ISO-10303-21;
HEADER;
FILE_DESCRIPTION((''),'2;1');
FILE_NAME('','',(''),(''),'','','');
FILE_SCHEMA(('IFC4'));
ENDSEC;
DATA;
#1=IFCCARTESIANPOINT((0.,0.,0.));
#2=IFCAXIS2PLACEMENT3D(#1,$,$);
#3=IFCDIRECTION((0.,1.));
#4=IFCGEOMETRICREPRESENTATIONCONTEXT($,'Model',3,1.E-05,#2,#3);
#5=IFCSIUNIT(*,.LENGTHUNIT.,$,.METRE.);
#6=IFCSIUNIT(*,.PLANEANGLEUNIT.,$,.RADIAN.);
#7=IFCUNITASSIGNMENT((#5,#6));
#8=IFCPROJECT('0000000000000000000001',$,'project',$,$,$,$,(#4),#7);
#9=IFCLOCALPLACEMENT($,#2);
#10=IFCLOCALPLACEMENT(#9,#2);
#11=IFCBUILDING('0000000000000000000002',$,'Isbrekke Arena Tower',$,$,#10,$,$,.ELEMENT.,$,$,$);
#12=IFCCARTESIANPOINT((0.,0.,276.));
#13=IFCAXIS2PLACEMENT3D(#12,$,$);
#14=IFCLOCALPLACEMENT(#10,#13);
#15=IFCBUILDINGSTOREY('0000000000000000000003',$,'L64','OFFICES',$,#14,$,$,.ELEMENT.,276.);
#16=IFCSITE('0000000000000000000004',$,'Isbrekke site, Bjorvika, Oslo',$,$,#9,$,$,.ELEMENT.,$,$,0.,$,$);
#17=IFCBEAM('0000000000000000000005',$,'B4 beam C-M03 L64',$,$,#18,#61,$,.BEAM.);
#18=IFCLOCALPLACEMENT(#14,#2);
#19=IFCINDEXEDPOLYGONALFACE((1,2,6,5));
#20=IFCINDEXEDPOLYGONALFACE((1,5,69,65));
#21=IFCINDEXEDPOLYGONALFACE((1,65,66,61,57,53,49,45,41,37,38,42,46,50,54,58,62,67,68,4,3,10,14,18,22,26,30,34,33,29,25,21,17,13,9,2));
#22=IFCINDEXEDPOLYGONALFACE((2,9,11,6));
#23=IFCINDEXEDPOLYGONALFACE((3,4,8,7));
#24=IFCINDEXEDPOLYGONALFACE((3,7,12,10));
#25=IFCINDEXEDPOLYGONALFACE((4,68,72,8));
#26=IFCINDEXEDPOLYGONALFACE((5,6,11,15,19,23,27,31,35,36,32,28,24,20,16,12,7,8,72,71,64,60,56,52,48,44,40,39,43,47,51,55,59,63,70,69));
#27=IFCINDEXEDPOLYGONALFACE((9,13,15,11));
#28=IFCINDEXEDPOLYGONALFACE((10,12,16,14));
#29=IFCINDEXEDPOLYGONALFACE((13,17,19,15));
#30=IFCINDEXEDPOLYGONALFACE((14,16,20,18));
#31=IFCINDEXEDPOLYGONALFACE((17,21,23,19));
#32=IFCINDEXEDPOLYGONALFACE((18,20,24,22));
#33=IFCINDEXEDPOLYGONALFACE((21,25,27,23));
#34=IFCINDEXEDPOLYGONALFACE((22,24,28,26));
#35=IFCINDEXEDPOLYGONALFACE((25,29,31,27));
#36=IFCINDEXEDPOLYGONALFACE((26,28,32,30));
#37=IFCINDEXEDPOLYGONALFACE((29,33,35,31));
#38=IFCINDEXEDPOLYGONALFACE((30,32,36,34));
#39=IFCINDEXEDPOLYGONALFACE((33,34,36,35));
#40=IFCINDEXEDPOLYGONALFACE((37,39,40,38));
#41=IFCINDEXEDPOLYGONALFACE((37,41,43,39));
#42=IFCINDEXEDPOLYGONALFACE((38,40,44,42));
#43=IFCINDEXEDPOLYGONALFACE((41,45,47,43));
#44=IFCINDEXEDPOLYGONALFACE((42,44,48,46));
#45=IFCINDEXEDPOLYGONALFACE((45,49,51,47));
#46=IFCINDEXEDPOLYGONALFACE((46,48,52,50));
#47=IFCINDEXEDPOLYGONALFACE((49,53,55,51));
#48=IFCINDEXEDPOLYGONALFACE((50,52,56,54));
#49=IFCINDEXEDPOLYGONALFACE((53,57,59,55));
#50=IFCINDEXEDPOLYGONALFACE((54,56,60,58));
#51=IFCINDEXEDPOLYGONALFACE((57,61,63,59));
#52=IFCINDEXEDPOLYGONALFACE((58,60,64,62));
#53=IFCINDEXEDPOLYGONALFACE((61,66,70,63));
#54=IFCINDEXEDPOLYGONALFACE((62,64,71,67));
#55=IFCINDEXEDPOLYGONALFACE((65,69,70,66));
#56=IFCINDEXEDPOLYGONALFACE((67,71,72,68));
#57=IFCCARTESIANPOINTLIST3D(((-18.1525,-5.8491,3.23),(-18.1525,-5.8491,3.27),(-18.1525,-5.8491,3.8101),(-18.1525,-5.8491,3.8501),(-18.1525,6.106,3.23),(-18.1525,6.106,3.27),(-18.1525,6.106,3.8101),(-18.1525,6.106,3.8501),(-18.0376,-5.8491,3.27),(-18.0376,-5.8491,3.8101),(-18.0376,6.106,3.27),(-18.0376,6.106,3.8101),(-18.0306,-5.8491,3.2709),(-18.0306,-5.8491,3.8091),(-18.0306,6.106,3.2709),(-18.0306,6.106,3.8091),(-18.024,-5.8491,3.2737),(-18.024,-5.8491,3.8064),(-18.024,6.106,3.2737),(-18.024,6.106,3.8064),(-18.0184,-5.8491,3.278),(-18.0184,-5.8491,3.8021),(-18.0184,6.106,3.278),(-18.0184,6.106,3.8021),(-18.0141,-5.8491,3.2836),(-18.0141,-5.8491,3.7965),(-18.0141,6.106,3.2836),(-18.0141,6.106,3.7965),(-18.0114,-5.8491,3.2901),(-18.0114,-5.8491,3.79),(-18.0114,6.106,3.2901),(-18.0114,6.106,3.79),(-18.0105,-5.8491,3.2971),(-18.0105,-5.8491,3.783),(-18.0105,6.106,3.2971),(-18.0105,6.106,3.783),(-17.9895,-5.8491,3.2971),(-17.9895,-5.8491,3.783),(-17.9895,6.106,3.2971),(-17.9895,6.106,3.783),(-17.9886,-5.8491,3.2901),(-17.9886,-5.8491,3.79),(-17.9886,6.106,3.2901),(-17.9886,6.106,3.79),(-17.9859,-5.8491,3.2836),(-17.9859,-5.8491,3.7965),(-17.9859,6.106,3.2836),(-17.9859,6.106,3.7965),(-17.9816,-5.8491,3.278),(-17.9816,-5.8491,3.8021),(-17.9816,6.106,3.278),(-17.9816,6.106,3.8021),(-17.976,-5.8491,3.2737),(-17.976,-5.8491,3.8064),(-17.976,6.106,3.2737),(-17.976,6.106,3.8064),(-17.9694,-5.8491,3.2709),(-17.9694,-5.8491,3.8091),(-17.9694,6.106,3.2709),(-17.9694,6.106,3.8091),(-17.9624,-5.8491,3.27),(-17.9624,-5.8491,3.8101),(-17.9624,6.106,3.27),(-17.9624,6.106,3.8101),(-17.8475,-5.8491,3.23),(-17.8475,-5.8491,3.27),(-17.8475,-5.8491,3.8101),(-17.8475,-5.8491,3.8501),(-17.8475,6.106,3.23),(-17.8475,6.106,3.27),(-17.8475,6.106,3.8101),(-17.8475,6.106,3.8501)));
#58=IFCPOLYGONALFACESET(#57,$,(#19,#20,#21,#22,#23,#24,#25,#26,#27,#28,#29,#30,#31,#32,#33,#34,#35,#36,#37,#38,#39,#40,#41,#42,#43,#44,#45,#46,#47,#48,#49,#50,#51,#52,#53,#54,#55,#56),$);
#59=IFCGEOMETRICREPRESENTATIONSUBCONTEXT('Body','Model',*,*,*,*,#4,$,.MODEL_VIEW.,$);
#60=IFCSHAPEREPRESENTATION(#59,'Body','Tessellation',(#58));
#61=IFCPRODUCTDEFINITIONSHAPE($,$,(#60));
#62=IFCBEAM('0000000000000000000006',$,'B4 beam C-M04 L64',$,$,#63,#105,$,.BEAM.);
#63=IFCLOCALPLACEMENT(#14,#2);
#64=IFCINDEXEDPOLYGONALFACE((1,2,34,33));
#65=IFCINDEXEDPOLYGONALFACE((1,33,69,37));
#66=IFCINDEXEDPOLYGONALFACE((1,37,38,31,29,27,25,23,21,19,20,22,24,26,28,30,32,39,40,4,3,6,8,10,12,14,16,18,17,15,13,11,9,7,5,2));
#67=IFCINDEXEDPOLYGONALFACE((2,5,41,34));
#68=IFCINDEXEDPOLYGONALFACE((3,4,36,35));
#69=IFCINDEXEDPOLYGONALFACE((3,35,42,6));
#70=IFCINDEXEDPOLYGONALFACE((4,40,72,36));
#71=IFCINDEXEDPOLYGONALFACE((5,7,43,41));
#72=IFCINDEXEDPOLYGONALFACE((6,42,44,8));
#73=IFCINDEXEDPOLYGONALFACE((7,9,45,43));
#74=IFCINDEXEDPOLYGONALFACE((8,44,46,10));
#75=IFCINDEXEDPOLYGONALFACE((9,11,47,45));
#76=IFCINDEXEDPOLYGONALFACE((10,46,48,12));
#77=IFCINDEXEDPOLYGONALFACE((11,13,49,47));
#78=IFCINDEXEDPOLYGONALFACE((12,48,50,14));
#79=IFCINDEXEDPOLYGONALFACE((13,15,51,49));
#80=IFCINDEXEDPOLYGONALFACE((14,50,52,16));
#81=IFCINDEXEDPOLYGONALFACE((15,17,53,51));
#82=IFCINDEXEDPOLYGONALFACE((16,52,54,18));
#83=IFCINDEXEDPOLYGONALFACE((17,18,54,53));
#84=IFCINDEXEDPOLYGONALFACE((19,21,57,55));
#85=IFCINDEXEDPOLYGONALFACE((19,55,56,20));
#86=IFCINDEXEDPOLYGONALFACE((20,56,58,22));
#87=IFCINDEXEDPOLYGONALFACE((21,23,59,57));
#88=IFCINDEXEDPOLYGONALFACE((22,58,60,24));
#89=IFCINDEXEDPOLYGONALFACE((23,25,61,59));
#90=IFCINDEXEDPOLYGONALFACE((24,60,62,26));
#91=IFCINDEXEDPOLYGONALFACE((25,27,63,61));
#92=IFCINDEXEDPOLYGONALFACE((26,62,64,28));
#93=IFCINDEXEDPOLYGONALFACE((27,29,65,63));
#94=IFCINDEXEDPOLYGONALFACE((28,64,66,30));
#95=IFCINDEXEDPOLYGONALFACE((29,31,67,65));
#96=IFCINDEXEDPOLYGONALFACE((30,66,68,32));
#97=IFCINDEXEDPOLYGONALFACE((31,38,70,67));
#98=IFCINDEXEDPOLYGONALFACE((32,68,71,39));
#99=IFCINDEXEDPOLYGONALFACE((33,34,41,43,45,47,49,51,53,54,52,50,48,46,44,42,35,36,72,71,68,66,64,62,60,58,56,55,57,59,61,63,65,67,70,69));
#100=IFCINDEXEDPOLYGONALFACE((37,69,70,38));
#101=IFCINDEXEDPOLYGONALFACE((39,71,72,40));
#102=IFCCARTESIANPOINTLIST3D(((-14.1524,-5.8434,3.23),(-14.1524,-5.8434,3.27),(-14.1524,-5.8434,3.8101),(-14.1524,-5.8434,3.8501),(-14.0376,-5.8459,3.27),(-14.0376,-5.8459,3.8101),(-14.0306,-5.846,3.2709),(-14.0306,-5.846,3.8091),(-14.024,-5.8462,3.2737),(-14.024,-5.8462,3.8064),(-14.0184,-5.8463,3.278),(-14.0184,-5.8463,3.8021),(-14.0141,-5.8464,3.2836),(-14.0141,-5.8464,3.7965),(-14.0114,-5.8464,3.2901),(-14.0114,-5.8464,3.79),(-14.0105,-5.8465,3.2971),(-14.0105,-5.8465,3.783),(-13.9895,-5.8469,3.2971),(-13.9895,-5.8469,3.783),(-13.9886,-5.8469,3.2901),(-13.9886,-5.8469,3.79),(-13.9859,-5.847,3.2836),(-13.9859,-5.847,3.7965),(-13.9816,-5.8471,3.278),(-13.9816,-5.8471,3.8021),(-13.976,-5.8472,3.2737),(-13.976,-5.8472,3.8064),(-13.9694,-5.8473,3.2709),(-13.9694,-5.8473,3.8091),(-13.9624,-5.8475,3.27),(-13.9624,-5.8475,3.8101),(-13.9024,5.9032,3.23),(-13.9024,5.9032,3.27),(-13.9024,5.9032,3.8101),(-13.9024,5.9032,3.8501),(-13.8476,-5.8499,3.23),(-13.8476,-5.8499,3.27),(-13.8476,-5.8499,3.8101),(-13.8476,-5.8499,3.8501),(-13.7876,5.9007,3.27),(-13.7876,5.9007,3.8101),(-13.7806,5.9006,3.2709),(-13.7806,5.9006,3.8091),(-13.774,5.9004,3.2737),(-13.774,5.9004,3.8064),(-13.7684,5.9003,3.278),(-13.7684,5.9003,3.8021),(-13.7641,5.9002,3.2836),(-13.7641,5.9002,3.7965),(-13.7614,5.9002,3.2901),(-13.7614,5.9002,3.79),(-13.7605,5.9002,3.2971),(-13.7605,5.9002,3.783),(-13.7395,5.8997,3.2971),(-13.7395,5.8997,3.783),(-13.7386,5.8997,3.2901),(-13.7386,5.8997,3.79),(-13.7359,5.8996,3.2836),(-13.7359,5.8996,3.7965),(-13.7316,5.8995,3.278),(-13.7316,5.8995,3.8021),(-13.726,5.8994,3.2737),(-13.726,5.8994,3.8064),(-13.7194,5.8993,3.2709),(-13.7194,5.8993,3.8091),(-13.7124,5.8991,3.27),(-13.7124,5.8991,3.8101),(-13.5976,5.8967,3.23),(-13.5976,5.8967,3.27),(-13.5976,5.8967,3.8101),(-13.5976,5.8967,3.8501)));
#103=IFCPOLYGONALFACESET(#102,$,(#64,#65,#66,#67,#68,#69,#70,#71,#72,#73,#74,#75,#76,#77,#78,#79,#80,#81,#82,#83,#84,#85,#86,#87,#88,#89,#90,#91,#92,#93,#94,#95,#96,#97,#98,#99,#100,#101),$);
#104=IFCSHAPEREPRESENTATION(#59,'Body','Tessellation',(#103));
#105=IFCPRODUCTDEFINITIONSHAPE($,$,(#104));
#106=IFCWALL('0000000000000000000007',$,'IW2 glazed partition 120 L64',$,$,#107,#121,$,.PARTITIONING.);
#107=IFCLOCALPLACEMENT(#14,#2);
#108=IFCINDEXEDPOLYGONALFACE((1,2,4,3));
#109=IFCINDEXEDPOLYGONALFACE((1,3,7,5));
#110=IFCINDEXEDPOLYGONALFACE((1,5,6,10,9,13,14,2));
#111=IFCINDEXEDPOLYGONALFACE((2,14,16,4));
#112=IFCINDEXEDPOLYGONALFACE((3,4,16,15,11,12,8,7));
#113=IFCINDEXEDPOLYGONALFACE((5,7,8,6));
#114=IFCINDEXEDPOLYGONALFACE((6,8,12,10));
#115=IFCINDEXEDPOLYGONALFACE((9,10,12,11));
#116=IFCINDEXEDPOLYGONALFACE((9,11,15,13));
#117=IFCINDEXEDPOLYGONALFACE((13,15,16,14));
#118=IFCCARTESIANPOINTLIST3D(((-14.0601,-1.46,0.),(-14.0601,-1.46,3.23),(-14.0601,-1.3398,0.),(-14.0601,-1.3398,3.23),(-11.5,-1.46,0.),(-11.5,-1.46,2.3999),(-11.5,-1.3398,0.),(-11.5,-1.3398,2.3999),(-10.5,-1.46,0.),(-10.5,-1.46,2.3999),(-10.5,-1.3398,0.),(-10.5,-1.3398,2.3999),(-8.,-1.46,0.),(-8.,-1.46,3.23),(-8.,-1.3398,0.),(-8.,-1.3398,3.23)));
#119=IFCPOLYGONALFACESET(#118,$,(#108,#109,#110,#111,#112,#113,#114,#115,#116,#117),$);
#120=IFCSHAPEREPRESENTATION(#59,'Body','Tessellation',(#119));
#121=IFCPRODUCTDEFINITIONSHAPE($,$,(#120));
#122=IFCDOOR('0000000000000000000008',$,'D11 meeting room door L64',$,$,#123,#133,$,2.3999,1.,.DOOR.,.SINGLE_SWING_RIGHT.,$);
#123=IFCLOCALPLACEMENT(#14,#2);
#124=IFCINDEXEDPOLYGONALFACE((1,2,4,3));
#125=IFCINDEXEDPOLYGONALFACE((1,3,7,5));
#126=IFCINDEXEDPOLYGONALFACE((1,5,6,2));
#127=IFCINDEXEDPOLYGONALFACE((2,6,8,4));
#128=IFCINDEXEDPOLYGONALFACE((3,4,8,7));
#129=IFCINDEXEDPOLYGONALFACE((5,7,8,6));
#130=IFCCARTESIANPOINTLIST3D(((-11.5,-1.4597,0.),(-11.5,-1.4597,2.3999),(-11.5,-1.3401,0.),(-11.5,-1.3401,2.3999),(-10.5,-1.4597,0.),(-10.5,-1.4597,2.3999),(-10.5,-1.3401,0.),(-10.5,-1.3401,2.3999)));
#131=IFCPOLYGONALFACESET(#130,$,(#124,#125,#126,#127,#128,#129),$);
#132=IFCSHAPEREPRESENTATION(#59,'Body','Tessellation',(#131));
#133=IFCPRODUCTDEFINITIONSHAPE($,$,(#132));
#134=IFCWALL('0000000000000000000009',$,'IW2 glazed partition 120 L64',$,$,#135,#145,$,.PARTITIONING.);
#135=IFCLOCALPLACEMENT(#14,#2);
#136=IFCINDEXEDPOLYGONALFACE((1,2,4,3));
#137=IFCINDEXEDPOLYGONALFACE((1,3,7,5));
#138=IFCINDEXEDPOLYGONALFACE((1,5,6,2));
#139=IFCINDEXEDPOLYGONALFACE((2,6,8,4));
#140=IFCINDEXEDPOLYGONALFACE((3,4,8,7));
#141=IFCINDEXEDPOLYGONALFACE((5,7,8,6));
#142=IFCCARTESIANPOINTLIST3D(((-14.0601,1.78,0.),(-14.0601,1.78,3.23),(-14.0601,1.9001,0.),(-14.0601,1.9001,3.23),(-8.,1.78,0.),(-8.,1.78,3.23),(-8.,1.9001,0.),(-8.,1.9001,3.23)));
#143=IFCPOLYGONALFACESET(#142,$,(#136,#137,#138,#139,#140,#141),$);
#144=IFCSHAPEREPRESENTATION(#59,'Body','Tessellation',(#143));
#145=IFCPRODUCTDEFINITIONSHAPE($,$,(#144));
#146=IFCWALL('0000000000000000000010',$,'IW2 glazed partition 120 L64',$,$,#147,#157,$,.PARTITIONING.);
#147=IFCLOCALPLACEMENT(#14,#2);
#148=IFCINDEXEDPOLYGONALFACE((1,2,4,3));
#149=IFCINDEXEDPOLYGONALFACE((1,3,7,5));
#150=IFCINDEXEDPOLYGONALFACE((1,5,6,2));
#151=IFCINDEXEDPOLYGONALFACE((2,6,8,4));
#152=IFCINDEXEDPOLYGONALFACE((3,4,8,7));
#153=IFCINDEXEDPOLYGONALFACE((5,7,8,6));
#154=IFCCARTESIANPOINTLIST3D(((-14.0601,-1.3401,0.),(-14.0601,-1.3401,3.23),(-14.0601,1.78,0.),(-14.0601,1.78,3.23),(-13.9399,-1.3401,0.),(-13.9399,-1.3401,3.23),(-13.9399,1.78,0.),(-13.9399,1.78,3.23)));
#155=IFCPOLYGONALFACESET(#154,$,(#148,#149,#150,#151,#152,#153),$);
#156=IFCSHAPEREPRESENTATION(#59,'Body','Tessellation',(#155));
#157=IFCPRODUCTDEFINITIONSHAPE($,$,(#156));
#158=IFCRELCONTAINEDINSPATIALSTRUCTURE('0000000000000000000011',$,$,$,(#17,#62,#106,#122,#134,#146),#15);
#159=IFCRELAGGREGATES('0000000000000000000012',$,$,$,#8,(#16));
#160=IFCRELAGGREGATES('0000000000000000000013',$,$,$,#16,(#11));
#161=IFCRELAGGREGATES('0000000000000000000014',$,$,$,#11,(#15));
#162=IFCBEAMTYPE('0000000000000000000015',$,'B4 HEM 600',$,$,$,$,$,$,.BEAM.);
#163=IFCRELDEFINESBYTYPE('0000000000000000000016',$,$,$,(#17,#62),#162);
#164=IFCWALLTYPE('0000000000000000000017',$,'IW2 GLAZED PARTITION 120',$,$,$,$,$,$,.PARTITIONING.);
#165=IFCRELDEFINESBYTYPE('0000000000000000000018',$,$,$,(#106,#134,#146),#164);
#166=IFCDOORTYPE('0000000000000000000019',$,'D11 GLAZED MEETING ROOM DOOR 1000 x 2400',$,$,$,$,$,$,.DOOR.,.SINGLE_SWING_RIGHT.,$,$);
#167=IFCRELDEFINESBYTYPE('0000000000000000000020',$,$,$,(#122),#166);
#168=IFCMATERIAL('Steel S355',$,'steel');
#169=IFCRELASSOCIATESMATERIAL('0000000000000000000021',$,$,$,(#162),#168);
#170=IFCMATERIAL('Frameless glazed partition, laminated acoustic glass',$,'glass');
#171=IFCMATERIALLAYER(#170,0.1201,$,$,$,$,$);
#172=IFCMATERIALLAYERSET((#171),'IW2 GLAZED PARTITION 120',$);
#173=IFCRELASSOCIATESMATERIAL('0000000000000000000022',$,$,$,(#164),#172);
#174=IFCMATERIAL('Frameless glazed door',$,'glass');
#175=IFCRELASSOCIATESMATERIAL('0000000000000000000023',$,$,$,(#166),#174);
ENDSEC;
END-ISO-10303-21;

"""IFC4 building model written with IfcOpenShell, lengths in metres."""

from ifc_helpers import new_model, si_unit, direction, frame, frame_2d, origin, origin_2d, place, context, subcontext, project, spatial, rectangle, i_section, extrude, material, layer, layer_set, material_profile, profile_set, type_object, element, fill, save


model = new_model("IFC4")

# Units and contexts
model_context = context("Model", 3, precision=1e-05, world=origin(), true_north=direction((0.0, 1.0)))
body_context = subcontext(model_context, "Body", "Model", "MODEL_VIEW")
ifc_project = project(units=[si_unit("LENGTHUNIT", "METRE"), si_unit("PLANEANGLEUNIT", "RADIAN")], contexts=[model_context])

# Site, building, storey
site_placement = place(None, origin())
site = spatial("IfcSite", under=ifc_project, at=site_placement, Name="Isbrekke site, Bjorvika, Oslo", CompositionType="ELEMENT", RefElevation=0.0)
building_placement = place(site_placement, origin())
building = spatial("IfcBuilding", under=site, at=building_placement, Name="Isbrekke Arena Tower", CompositionType="ELEMENT")
storey_placement = place(building_placement, frame((0.0, 0.0, 276.0)))
storey = spatial("IfcBuildingStorey", under=building, at=storey_placement, Name="L64", Description="OFFICES", CompositionType="ELEMENT", Elevation=276.0)

# Beams
ifc_material_1 = material(Name="Steel S355", Category="steel")
ifc_material_profile = material_profile(ifc_material_1, i_section(OverallWidth=0.3049, OverallDepth=0.6201, WebThickness=0.021, FlangeThickness=0.04, FilletRadius=0.0271, at=origin_2d()), Name="HEM 600")
ifc_profile_set = profile_set([ifc_material_profile], Name="Steel S355")
beam_type = type_object("IfcBeamType", Name="B4 HEM 600", PredefinedType="BEAM", material=ifc_profile_set)
beam_1_placement = place(storey_placement, frame((-18.0, -5.8491, 3.54), z_axis=(0.0, 1.0, 0.0), x_axis=(-1.0, 0.0, 0.0)))
element("IfcBeam", 1, at=beam_1_placement, inside=storey, type_object=beam_type, Name="B4 beam C-M03 L64", PredefinedType="BEAM", context=body_context, shape_type="SweptSolid", body=[
    extrude(i_section(OverallWidth=0.3049, OverallDepth=0.6201, WebThickness=0.021, FlangeThickness=0.04, FilletRadius=0.0271, at=origin_2d()), origin(), (0.0, 0.0, 1.0), 11.9551),
])
beam_2_placement = place(storey_placement, frame((-14.0, -5.8467, 3.54), z_axis=(0.021278, 0.999774, 0.0), x_axis=(-0.999774, 0.021278, 0.0)))
element("IfcBeam", 2, at=beam_2_placement, inside=storey, type_object=beam_type, Name="B4 beam C-M04 L64", PredefinedType="BEAM", context=body_context, shape_type="SweptSolid", body=[
    extrude(i_section(OverallWidth=0.3049, OverallDepth=0.6201, WebThickness=0.021, FlangeThickness=0.04, FilletRadius=0.0271, at=origin_2d()), origin(), (0.0, 0.0, 1.0), 11.7493),
])

# Wall, opening, door
ifc_material_2 = material(Name="Frameless glazed partition, laminated acoustic glass", Category="glass")
ifc_layer_1 = layer(ifc_material_2, 0.1201)
ifc_layer_set_1 = layer_set([ifc_layer_1], Name="IW2 GLAZED PARTITION 120")
wall_type_1 = type_object("IfcWallType", Name="IW2 GLAZED PARTITION 120", PredefinedType="PARTITIONING", material=ifc_layer_set_1)
wall_1_placement = place(storey_placement, frame((-14.0601, -1.3999, 0.0), z_axis=(0.0, 0.0, 1.0), x_axis=(1.0, 0.0, 0.0)))
wall_1 = element("IfcWall", 3, at=wall_1_placement, inside=storey, type_object=wall_type_1, Name="IW2 glazed partition 120 L64", PredefinedType="PARTITIONING", context=body_context, shape_type="SweptSolid", body=[
    extrude(rectangle(XDim=6.0601, YDim=0.1201, at=frame_2d((3.03, 0.0))), origin(), (0.0, 0.0, 1.0), 3.23),
])
opening_1_placement = place(wall_1_placement, frame((2.5601, 0.0, 0.0)))
opening_1 = element("IfcOpeningElement", 4, at=opening_1_placement, cuts=wall_1, PredefinedType="OPENING", context=body_context, shape_type="SweptSolid", body=[
    extrude(rectangle(XDim=1.0, YDim=2.3999, at=frame_2d((0.5, 1.2))), frame((0.0, 0.075, 0.0), z_axis=(0.0, -1.0, 0.0), x_axis=(1.0, 0.0, 0.0)), (0.0, 0.0, 1.0), 0.1499),
])
ifc_material_3 = material(Name="Frameless glazed door", Category="glass")
door_type_1 = type_object("IfcDoorType", Name="D11 GLAZED MEETING ROOM DOOR 1000 x 2400", OperationType="SINGLE_SWING_RIGHT", PredefinedType="DOOR", material=ifc_material_3)
door_1_placement = place(opening_1_placement, origin())
door_1 = element("IfcDoor", 5, at=door_1_placement, inside=storey, type_object=door_type_1, Name="D11 meeting room door L64", OperationType="SINGLE_SWING_RIGHT", OverallHeight=2.3999, OverallWidth=1.0, PredefinedType="DOOR", context=body_context, shape_type="SweptSolid", body=[
    extrude(rectangle(XDim=1.0, YDim=2.3999, at=frame_2d((0.5, 1.2))), frame((0.0, 0.0598, 0.0), z_axis=(0.0, -1.0, 0.0), x_axis=(1.0, 0.0, 0.0)), (0.0, 0.0, 1.0), 0.1196),
])
fill(opening_1, door_1)

# Walls
wall_2_placement = place(storey_placement, frame((-14.0601, 1.8401, 0.0), z_axis=(0.0, 0.0, 1.0), x_axis=(1.0, 0.0, 0.0)))
element("IfcWall", 6, at=wall_2_placement, inside=storey, type_object=wall_type_1, Name="IW2 glazed partition 120 L64", PredefinedType="PARTITIONING", context=body_context, shape_type="SweptSolid", body=[
    extrude(rectangle(XDim=6.0601, YDim=0.1201, at=frame_2d((3.03, 0.0))), origin(), (0.0, 0.0, 1.0), 3.23),
])
wall_3_placement = place(storey_placement, frame((-14.0, -1.3401, 0.0), z_axis=(0.0, 0.0, 1.0), x_axis=(0.0, 1.0, 0.0)))
element("IfcWall", 7, at=wall_3_placement, inside=storey, type_object=wall_type_1, Name="IW2 glazed partition 120 L64", PredefinedType="PARTITIONING", context=body_context, shape_type="SweptSolid", body=[
    extrude(rectangle(XDim=3.1201, YDim=0.1201, at=frame_2d((1.5601, 0.0))), origin(), (0.0, 0.0, 1.0), 3.23),
])

save(model, "model.ifc")
